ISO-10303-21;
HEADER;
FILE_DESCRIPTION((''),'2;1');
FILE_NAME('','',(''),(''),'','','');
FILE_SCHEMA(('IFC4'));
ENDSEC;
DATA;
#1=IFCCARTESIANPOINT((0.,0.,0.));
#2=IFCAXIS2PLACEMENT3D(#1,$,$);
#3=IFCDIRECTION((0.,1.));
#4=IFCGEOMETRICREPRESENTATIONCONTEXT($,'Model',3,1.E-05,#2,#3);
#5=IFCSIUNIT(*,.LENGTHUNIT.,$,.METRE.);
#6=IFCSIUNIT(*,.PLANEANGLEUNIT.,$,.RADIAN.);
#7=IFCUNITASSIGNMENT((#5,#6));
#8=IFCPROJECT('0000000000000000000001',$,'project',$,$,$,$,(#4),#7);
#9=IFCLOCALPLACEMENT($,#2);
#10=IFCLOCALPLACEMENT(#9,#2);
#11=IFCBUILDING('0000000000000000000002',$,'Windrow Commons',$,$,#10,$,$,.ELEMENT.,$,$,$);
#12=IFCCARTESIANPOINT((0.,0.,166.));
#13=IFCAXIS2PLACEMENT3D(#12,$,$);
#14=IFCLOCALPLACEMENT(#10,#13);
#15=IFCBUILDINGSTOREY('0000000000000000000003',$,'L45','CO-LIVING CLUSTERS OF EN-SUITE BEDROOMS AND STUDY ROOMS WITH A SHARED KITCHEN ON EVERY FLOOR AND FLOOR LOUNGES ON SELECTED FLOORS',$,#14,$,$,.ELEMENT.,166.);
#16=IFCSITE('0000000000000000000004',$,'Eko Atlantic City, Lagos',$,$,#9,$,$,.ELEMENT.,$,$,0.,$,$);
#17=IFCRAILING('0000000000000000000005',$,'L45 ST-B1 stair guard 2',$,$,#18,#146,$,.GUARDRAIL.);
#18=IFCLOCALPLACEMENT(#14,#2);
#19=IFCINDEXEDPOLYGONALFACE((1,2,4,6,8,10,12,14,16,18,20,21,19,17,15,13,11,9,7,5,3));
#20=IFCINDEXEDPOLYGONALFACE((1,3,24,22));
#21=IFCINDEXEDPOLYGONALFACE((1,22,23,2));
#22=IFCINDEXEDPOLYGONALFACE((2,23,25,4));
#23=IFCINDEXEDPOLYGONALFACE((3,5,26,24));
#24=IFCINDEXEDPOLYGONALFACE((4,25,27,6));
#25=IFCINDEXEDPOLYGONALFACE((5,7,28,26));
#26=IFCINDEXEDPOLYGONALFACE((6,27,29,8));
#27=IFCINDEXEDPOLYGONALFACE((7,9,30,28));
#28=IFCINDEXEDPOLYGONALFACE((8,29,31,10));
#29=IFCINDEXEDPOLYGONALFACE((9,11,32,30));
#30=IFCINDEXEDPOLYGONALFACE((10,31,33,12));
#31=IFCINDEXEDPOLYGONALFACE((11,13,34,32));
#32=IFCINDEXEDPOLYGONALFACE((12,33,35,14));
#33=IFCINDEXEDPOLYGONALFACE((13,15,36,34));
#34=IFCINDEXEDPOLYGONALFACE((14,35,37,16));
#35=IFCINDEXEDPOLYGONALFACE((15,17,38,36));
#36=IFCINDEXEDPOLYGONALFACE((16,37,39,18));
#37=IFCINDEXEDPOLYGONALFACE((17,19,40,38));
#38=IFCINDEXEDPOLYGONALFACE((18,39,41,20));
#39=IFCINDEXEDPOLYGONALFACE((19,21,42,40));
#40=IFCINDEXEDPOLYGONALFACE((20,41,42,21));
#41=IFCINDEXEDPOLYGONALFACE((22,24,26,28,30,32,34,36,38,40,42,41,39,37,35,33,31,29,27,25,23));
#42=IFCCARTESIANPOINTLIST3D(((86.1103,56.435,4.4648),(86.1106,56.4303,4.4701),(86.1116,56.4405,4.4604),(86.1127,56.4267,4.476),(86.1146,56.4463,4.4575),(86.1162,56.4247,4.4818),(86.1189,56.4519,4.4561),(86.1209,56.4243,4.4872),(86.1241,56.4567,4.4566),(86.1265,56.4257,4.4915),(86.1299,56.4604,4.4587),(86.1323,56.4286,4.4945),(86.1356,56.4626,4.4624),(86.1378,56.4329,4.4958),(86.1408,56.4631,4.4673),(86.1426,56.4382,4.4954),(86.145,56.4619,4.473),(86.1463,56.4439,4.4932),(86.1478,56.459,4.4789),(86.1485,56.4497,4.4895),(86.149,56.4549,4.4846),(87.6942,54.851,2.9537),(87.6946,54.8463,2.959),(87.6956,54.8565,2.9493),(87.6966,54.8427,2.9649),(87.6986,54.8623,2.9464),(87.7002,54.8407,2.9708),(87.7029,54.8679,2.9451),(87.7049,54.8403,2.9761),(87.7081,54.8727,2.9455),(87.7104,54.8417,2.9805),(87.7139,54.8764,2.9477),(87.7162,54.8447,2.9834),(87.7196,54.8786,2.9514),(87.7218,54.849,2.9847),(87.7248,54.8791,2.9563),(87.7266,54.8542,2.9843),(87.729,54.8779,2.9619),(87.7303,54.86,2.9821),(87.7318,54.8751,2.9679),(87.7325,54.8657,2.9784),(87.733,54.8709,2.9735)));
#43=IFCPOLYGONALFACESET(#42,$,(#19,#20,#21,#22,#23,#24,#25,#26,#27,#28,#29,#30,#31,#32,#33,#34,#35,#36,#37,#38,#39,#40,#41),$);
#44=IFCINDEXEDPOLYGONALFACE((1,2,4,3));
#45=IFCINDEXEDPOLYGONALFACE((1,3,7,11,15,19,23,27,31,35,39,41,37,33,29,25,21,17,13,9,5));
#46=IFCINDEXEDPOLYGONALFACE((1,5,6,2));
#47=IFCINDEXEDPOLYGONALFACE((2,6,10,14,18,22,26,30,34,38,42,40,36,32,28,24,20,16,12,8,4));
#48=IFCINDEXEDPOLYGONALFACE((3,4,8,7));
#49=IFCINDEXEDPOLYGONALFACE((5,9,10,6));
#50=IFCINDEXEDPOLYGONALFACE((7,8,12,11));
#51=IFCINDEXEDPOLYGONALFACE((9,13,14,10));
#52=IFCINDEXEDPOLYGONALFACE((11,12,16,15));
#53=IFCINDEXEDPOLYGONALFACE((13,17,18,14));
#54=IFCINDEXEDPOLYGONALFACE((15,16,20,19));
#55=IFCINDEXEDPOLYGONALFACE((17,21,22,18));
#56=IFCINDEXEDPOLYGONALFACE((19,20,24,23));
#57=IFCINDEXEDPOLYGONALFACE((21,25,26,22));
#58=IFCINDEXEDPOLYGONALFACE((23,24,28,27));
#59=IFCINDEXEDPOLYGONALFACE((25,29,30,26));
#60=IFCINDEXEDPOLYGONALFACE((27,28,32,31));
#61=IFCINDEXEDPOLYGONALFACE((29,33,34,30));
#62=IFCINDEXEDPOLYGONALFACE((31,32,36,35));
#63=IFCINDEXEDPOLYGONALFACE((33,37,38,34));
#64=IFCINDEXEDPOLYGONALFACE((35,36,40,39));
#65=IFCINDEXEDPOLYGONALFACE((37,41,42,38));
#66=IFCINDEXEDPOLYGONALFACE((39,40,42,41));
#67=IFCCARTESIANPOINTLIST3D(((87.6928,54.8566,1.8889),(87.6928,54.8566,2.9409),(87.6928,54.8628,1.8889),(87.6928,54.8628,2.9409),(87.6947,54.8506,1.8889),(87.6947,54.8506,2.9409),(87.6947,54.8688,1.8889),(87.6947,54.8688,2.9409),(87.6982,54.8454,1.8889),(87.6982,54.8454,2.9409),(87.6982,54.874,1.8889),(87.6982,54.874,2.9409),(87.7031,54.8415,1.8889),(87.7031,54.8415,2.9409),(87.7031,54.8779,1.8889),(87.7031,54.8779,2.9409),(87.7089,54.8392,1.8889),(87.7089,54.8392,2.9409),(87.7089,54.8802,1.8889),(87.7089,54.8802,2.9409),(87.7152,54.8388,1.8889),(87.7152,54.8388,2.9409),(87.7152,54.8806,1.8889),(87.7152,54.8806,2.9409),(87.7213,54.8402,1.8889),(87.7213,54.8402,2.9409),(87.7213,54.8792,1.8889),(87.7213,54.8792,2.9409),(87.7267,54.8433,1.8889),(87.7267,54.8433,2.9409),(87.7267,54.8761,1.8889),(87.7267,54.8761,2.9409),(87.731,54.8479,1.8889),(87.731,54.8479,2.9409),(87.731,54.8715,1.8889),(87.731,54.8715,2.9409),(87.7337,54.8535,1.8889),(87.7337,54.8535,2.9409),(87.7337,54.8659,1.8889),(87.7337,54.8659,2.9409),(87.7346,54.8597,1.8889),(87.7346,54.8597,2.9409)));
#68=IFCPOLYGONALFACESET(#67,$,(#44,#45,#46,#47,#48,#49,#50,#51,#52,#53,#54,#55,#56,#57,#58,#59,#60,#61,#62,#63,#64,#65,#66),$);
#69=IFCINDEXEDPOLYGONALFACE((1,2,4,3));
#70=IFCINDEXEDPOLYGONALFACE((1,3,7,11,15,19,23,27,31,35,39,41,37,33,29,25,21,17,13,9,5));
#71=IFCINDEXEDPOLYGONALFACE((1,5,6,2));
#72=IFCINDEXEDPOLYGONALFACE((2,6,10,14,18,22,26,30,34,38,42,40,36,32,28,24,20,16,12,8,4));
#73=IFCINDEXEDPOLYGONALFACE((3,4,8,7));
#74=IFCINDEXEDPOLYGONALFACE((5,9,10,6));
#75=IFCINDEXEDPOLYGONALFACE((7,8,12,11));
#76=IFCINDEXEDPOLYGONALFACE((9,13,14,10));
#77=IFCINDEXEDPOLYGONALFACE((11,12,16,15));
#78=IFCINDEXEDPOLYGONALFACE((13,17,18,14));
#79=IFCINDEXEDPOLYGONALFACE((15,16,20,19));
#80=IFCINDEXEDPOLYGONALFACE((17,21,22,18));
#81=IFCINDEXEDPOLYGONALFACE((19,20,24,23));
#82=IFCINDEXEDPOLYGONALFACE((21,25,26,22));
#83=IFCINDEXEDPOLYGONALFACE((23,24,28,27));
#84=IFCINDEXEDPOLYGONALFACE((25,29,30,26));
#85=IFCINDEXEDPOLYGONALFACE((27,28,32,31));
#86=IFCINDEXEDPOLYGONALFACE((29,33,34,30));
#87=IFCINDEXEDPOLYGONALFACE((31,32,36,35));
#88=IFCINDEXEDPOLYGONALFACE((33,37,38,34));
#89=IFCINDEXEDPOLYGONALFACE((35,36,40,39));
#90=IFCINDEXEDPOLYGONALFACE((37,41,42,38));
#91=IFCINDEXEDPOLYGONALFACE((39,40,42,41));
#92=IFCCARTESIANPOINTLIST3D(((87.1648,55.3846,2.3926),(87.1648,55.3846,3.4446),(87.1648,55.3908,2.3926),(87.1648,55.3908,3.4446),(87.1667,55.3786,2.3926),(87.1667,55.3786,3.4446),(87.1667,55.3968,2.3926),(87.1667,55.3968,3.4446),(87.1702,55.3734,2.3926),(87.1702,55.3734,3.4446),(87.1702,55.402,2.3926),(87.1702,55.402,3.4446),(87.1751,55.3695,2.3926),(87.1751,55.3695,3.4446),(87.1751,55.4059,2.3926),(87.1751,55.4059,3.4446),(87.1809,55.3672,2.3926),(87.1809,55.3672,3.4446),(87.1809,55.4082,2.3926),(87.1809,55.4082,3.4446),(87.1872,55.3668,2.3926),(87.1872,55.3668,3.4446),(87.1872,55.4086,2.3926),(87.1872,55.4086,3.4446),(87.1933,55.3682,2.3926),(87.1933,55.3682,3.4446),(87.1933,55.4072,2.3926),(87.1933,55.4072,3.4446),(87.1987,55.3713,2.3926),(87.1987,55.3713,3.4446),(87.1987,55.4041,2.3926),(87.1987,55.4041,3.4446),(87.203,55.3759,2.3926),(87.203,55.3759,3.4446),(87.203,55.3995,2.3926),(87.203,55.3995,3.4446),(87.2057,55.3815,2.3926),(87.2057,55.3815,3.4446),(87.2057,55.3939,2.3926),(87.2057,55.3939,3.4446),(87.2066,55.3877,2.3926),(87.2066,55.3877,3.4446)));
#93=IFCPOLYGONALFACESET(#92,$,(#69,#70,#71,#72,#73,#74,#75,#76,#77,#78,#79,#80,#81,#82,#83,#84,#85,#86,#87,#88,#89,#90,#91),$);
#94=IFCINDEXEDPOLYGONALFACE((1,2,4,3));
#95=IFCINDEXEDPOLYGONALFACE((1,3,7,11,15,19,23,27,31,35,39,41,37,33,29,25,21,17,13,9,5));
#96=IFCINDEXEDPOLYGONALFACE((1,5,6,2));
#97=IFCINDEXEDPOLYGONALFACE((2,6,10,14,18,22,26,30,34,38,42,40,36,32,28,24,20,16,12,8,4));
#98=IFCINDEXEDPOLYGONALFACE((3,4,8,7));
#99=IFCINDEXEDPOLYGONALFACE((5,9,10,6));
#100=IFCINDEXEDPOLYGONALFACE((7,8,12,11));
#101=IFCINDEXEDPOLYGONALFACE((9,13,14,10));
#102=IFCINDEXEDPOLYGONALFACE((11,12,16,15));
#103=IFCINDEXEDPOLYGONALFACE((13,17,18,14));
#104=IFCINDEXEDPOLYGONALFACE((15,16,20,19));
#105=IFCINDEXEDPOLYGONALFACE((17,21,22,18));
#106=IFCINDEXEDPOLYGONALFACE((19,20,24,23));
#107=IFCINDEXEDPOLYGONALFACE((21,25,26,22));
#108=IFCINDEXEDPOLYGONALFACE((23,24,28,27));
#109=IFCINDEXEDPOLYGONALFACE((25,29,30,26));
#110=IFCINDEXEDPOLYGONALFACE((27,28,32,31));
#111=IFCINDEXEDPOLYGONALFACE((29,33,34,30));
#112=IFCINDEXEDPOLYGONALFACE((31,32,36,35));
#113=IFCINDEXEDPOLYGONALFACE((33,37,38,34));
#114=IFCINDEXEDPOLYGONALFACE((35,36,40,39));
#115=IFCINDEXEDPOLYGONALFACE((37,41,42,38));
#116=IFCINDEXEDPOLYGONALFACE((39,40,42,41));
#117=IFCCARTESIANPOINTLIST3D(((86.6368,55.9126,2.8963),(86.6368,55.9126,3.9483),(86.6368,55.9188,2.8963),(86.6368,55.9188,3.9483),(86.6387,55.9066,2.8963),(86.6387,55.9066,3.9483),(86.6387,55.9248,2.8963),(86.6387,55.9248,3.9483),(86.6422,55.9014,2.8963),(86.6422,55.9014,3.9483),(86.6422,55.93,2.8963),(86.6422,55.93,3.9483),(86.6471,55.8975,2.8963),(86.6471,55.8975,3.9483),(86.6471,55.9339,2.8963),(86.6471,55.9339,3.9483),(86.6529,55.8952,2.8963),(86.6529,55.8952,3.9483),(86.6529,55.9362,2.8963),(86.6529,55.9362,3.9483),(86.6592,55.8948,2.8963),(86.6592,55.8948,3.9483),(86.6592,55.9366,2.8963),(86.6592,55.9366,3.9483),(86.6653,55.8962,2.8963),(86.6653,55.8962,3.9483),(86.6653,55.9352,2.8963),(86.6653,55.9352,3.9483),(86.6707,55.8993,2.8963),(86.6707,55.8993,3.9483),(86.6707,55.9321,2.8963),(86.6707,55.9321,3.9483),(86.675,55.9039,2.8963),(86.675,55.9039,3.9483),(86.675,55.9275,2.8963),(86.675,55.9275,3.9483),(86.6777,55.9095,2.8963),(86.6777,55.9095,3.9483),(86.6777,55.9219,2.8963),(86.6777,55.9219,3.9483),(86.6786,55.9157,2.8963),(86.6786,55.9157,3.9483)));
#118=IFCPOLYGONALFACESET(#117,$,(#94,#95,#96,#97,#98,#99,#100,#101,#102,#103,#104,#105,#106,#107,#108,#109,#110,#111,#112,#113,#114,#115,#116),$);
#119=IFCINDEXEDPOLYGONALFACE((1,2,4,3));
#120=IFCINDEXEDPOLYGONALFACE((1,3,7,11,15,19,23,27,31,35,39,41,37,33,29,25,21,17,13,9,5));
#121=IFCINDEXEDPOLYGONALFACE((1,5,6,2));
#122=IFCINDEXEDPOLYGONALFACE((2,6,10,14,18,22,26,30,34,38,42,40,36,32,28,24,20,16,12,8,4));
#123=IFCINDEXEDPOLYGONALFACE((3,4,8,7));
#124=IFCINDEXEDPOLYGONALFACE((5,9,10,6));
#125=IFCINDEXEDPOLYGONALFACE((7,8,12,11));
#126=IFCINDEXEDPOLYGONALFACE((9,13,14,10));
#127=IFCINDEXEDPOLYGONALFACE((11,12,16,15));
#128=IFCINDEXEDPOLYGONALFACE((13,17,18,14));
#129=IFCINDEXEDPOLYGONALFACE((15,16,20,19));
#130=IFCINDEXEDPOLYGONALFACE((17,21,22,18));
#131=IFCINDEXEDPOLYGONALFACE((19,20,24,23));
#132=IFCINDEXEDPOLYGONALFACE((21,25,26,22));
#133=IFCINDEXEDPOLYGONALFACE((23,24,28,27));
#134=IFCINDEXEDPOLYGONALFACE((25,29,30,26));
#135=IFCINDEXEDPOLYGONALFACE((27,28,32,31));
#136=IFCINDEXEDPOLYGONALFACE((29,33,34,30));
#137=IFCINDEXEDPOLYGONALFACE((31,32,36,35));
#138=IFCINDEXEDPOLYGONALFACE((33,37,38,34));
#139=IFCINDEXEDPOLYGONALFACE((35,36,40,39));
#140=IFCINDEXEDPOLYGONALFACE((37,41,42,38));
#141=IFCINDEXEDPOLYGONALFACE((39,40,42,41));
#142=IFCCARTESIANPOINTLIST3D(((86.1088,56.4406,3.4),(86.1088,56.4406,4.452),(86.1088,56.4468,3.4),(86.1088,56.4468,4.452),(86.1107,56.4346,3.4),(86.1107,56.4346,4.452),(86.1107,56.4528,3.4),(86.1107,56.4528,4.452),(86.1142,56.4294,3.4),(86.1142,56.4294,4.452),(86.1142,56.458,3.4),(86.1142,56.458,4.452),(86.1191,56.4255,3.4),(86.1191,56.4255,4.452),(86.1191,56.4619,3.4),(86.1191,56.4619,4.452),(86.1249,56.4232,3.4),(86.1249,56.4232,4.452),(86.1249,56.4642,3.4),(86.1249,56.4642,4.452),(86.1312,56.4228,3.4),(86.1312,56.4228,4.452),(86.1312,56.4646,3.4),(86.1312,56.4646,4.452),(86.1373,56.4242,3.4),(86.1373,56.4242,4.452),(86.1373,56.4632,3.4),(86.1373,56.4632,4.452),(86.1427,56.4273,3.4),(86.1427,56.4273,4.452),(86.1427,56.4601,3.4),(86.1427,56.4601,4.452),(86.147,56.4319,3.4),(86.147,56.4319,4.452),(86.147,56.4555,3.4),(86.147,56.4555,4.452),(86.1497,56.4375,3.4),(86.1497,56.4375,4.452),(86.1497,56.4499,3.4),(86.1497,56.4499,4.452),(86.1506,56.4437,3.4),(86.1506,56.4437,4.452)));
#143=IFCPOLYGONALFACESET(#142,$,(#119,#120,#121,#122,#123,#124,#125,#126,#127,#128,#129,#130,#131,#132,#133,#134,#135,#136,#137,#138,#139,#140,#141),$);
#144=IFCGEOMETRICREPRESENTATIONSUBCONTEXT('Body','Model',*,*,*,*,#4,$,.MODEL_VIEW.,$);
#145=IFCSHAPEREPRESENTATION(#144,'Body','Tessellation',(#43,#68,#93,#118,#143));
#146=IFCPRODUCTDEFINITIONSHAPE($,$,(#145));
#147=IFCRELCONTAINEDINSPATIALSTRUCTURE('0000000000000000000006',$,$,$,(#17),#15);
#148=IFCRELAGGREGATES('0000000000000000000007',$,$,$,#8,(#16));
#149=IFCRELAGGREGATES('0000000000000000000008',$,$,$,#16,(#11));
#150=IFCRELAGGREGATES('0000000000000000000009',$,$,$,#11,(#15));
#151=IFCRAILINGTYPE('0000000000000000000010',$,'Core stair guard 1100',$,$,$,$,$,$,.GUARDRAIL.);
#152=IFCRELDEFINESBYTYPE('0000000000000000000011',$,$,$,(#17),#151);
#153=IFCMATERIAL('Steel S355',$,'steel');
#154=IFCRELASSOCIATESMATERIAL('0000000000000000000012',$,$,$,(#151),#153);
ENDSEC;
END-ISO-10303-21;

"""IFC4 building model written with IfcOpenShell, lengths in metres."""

from ifc_helpers import new_model, si_unit, direction, frame, origin, origin_2d, place, context, subcontext, project, spatial, circle, extrude, material, type_object, element, save


model = new_model("IFC4")

# Units and contexts
model_context = context("Model", 3, precision=1e-05, world=origin(), true_north=direction((0.0, 1.0)))
body_context = subcontext(model_context, "Body", "Model", "MODEL_VIEW")
ifc_project = project(units=[si_unit("LENGTHUNIT", "METRE"), si_unit("PLANEANGLEUNIT", "RADIAN")], contexts=[model_context])

# Site, building, storey
site_placement = place(None, origin())
site = spatial("IfcSite", under=ifc_project, at=site_placement, Name="Eko Atlantic City, Lagos", CompositionType="ELEMENT", RefElevation=0.0)
building_placement = place(site_placement, origin())
building = spatial("IfcBuilding", under=site, at=building_placement, Name="Windrow Commons", CompositionType="ELEMENT")
storey_placement = place(building_placement, frame((0.0, 0.0, 166.0)))
storey = spatial("IfcBuildingStorey", under=building, at=storey_placement, Name="L45", Description="CO-LIVING CLUSTERS OF EN-SUITE BEDROOMS AND STUDY ROOMS WITH A SHARED KITCHEN ON EVERY FLOOR AND FLOOR LOUNGES ON SELECTED FLOORS", CompositionType="ELEMENT", Elevation=166.0)

# Railing
ifc_material_1 = material(Name="Steel S355", Category="steel")
railing_type_1 = type_object("IfcRailingType", Name="Core stair guard 1100", PredefinedType="GUARDRAIL", material=ifc_material_1)
railing_1_placement = place(storey_placement, frame((87.7136, 54.8597, 1.8889)))
element("IfcRailing", 1, at=railing_1_placement, inside=storey, type_object=railing_type_1, Name="L45 ST-B1 stair guard 2", PredefinedType="GUARDRAIL", context=body_context, shape_type="SweptSolid", body=[
    extrude(circle(Radius=0.024, at=origin_2d()), frame((0.0, 0.0, 1.076), z_axis=(-0.586203, 0.586203, 0.559224), x_axis=(-0.707107, -0.707107, 0.0)), (0.0, 0.0, 1.0), 2.7021),
    extrude(circle(Radius=0.021, at=origin_2d()), origin(), (0.0, 0.0, 1.0), 1.052),
    extrude(circle(Radius=0.021, at=origin_2d()), frame((-0.528, 0.528, 0.5037)), (0.0, 0.0, 1.0), 1.052),
    extrude(circle(Radius=0.021, at=origin_2d()), frame((-1.056, 1.056, 1.0074)), (0.0, 0.0, 1.0), 1.052),
    extrude(circle(Radius=0.021, at=origin_2d()), frame((-1.584, 1.584, 1.5111)), (0.0, 0.0, 1.0), 1.052),
])

save(model, "model.ifc")
